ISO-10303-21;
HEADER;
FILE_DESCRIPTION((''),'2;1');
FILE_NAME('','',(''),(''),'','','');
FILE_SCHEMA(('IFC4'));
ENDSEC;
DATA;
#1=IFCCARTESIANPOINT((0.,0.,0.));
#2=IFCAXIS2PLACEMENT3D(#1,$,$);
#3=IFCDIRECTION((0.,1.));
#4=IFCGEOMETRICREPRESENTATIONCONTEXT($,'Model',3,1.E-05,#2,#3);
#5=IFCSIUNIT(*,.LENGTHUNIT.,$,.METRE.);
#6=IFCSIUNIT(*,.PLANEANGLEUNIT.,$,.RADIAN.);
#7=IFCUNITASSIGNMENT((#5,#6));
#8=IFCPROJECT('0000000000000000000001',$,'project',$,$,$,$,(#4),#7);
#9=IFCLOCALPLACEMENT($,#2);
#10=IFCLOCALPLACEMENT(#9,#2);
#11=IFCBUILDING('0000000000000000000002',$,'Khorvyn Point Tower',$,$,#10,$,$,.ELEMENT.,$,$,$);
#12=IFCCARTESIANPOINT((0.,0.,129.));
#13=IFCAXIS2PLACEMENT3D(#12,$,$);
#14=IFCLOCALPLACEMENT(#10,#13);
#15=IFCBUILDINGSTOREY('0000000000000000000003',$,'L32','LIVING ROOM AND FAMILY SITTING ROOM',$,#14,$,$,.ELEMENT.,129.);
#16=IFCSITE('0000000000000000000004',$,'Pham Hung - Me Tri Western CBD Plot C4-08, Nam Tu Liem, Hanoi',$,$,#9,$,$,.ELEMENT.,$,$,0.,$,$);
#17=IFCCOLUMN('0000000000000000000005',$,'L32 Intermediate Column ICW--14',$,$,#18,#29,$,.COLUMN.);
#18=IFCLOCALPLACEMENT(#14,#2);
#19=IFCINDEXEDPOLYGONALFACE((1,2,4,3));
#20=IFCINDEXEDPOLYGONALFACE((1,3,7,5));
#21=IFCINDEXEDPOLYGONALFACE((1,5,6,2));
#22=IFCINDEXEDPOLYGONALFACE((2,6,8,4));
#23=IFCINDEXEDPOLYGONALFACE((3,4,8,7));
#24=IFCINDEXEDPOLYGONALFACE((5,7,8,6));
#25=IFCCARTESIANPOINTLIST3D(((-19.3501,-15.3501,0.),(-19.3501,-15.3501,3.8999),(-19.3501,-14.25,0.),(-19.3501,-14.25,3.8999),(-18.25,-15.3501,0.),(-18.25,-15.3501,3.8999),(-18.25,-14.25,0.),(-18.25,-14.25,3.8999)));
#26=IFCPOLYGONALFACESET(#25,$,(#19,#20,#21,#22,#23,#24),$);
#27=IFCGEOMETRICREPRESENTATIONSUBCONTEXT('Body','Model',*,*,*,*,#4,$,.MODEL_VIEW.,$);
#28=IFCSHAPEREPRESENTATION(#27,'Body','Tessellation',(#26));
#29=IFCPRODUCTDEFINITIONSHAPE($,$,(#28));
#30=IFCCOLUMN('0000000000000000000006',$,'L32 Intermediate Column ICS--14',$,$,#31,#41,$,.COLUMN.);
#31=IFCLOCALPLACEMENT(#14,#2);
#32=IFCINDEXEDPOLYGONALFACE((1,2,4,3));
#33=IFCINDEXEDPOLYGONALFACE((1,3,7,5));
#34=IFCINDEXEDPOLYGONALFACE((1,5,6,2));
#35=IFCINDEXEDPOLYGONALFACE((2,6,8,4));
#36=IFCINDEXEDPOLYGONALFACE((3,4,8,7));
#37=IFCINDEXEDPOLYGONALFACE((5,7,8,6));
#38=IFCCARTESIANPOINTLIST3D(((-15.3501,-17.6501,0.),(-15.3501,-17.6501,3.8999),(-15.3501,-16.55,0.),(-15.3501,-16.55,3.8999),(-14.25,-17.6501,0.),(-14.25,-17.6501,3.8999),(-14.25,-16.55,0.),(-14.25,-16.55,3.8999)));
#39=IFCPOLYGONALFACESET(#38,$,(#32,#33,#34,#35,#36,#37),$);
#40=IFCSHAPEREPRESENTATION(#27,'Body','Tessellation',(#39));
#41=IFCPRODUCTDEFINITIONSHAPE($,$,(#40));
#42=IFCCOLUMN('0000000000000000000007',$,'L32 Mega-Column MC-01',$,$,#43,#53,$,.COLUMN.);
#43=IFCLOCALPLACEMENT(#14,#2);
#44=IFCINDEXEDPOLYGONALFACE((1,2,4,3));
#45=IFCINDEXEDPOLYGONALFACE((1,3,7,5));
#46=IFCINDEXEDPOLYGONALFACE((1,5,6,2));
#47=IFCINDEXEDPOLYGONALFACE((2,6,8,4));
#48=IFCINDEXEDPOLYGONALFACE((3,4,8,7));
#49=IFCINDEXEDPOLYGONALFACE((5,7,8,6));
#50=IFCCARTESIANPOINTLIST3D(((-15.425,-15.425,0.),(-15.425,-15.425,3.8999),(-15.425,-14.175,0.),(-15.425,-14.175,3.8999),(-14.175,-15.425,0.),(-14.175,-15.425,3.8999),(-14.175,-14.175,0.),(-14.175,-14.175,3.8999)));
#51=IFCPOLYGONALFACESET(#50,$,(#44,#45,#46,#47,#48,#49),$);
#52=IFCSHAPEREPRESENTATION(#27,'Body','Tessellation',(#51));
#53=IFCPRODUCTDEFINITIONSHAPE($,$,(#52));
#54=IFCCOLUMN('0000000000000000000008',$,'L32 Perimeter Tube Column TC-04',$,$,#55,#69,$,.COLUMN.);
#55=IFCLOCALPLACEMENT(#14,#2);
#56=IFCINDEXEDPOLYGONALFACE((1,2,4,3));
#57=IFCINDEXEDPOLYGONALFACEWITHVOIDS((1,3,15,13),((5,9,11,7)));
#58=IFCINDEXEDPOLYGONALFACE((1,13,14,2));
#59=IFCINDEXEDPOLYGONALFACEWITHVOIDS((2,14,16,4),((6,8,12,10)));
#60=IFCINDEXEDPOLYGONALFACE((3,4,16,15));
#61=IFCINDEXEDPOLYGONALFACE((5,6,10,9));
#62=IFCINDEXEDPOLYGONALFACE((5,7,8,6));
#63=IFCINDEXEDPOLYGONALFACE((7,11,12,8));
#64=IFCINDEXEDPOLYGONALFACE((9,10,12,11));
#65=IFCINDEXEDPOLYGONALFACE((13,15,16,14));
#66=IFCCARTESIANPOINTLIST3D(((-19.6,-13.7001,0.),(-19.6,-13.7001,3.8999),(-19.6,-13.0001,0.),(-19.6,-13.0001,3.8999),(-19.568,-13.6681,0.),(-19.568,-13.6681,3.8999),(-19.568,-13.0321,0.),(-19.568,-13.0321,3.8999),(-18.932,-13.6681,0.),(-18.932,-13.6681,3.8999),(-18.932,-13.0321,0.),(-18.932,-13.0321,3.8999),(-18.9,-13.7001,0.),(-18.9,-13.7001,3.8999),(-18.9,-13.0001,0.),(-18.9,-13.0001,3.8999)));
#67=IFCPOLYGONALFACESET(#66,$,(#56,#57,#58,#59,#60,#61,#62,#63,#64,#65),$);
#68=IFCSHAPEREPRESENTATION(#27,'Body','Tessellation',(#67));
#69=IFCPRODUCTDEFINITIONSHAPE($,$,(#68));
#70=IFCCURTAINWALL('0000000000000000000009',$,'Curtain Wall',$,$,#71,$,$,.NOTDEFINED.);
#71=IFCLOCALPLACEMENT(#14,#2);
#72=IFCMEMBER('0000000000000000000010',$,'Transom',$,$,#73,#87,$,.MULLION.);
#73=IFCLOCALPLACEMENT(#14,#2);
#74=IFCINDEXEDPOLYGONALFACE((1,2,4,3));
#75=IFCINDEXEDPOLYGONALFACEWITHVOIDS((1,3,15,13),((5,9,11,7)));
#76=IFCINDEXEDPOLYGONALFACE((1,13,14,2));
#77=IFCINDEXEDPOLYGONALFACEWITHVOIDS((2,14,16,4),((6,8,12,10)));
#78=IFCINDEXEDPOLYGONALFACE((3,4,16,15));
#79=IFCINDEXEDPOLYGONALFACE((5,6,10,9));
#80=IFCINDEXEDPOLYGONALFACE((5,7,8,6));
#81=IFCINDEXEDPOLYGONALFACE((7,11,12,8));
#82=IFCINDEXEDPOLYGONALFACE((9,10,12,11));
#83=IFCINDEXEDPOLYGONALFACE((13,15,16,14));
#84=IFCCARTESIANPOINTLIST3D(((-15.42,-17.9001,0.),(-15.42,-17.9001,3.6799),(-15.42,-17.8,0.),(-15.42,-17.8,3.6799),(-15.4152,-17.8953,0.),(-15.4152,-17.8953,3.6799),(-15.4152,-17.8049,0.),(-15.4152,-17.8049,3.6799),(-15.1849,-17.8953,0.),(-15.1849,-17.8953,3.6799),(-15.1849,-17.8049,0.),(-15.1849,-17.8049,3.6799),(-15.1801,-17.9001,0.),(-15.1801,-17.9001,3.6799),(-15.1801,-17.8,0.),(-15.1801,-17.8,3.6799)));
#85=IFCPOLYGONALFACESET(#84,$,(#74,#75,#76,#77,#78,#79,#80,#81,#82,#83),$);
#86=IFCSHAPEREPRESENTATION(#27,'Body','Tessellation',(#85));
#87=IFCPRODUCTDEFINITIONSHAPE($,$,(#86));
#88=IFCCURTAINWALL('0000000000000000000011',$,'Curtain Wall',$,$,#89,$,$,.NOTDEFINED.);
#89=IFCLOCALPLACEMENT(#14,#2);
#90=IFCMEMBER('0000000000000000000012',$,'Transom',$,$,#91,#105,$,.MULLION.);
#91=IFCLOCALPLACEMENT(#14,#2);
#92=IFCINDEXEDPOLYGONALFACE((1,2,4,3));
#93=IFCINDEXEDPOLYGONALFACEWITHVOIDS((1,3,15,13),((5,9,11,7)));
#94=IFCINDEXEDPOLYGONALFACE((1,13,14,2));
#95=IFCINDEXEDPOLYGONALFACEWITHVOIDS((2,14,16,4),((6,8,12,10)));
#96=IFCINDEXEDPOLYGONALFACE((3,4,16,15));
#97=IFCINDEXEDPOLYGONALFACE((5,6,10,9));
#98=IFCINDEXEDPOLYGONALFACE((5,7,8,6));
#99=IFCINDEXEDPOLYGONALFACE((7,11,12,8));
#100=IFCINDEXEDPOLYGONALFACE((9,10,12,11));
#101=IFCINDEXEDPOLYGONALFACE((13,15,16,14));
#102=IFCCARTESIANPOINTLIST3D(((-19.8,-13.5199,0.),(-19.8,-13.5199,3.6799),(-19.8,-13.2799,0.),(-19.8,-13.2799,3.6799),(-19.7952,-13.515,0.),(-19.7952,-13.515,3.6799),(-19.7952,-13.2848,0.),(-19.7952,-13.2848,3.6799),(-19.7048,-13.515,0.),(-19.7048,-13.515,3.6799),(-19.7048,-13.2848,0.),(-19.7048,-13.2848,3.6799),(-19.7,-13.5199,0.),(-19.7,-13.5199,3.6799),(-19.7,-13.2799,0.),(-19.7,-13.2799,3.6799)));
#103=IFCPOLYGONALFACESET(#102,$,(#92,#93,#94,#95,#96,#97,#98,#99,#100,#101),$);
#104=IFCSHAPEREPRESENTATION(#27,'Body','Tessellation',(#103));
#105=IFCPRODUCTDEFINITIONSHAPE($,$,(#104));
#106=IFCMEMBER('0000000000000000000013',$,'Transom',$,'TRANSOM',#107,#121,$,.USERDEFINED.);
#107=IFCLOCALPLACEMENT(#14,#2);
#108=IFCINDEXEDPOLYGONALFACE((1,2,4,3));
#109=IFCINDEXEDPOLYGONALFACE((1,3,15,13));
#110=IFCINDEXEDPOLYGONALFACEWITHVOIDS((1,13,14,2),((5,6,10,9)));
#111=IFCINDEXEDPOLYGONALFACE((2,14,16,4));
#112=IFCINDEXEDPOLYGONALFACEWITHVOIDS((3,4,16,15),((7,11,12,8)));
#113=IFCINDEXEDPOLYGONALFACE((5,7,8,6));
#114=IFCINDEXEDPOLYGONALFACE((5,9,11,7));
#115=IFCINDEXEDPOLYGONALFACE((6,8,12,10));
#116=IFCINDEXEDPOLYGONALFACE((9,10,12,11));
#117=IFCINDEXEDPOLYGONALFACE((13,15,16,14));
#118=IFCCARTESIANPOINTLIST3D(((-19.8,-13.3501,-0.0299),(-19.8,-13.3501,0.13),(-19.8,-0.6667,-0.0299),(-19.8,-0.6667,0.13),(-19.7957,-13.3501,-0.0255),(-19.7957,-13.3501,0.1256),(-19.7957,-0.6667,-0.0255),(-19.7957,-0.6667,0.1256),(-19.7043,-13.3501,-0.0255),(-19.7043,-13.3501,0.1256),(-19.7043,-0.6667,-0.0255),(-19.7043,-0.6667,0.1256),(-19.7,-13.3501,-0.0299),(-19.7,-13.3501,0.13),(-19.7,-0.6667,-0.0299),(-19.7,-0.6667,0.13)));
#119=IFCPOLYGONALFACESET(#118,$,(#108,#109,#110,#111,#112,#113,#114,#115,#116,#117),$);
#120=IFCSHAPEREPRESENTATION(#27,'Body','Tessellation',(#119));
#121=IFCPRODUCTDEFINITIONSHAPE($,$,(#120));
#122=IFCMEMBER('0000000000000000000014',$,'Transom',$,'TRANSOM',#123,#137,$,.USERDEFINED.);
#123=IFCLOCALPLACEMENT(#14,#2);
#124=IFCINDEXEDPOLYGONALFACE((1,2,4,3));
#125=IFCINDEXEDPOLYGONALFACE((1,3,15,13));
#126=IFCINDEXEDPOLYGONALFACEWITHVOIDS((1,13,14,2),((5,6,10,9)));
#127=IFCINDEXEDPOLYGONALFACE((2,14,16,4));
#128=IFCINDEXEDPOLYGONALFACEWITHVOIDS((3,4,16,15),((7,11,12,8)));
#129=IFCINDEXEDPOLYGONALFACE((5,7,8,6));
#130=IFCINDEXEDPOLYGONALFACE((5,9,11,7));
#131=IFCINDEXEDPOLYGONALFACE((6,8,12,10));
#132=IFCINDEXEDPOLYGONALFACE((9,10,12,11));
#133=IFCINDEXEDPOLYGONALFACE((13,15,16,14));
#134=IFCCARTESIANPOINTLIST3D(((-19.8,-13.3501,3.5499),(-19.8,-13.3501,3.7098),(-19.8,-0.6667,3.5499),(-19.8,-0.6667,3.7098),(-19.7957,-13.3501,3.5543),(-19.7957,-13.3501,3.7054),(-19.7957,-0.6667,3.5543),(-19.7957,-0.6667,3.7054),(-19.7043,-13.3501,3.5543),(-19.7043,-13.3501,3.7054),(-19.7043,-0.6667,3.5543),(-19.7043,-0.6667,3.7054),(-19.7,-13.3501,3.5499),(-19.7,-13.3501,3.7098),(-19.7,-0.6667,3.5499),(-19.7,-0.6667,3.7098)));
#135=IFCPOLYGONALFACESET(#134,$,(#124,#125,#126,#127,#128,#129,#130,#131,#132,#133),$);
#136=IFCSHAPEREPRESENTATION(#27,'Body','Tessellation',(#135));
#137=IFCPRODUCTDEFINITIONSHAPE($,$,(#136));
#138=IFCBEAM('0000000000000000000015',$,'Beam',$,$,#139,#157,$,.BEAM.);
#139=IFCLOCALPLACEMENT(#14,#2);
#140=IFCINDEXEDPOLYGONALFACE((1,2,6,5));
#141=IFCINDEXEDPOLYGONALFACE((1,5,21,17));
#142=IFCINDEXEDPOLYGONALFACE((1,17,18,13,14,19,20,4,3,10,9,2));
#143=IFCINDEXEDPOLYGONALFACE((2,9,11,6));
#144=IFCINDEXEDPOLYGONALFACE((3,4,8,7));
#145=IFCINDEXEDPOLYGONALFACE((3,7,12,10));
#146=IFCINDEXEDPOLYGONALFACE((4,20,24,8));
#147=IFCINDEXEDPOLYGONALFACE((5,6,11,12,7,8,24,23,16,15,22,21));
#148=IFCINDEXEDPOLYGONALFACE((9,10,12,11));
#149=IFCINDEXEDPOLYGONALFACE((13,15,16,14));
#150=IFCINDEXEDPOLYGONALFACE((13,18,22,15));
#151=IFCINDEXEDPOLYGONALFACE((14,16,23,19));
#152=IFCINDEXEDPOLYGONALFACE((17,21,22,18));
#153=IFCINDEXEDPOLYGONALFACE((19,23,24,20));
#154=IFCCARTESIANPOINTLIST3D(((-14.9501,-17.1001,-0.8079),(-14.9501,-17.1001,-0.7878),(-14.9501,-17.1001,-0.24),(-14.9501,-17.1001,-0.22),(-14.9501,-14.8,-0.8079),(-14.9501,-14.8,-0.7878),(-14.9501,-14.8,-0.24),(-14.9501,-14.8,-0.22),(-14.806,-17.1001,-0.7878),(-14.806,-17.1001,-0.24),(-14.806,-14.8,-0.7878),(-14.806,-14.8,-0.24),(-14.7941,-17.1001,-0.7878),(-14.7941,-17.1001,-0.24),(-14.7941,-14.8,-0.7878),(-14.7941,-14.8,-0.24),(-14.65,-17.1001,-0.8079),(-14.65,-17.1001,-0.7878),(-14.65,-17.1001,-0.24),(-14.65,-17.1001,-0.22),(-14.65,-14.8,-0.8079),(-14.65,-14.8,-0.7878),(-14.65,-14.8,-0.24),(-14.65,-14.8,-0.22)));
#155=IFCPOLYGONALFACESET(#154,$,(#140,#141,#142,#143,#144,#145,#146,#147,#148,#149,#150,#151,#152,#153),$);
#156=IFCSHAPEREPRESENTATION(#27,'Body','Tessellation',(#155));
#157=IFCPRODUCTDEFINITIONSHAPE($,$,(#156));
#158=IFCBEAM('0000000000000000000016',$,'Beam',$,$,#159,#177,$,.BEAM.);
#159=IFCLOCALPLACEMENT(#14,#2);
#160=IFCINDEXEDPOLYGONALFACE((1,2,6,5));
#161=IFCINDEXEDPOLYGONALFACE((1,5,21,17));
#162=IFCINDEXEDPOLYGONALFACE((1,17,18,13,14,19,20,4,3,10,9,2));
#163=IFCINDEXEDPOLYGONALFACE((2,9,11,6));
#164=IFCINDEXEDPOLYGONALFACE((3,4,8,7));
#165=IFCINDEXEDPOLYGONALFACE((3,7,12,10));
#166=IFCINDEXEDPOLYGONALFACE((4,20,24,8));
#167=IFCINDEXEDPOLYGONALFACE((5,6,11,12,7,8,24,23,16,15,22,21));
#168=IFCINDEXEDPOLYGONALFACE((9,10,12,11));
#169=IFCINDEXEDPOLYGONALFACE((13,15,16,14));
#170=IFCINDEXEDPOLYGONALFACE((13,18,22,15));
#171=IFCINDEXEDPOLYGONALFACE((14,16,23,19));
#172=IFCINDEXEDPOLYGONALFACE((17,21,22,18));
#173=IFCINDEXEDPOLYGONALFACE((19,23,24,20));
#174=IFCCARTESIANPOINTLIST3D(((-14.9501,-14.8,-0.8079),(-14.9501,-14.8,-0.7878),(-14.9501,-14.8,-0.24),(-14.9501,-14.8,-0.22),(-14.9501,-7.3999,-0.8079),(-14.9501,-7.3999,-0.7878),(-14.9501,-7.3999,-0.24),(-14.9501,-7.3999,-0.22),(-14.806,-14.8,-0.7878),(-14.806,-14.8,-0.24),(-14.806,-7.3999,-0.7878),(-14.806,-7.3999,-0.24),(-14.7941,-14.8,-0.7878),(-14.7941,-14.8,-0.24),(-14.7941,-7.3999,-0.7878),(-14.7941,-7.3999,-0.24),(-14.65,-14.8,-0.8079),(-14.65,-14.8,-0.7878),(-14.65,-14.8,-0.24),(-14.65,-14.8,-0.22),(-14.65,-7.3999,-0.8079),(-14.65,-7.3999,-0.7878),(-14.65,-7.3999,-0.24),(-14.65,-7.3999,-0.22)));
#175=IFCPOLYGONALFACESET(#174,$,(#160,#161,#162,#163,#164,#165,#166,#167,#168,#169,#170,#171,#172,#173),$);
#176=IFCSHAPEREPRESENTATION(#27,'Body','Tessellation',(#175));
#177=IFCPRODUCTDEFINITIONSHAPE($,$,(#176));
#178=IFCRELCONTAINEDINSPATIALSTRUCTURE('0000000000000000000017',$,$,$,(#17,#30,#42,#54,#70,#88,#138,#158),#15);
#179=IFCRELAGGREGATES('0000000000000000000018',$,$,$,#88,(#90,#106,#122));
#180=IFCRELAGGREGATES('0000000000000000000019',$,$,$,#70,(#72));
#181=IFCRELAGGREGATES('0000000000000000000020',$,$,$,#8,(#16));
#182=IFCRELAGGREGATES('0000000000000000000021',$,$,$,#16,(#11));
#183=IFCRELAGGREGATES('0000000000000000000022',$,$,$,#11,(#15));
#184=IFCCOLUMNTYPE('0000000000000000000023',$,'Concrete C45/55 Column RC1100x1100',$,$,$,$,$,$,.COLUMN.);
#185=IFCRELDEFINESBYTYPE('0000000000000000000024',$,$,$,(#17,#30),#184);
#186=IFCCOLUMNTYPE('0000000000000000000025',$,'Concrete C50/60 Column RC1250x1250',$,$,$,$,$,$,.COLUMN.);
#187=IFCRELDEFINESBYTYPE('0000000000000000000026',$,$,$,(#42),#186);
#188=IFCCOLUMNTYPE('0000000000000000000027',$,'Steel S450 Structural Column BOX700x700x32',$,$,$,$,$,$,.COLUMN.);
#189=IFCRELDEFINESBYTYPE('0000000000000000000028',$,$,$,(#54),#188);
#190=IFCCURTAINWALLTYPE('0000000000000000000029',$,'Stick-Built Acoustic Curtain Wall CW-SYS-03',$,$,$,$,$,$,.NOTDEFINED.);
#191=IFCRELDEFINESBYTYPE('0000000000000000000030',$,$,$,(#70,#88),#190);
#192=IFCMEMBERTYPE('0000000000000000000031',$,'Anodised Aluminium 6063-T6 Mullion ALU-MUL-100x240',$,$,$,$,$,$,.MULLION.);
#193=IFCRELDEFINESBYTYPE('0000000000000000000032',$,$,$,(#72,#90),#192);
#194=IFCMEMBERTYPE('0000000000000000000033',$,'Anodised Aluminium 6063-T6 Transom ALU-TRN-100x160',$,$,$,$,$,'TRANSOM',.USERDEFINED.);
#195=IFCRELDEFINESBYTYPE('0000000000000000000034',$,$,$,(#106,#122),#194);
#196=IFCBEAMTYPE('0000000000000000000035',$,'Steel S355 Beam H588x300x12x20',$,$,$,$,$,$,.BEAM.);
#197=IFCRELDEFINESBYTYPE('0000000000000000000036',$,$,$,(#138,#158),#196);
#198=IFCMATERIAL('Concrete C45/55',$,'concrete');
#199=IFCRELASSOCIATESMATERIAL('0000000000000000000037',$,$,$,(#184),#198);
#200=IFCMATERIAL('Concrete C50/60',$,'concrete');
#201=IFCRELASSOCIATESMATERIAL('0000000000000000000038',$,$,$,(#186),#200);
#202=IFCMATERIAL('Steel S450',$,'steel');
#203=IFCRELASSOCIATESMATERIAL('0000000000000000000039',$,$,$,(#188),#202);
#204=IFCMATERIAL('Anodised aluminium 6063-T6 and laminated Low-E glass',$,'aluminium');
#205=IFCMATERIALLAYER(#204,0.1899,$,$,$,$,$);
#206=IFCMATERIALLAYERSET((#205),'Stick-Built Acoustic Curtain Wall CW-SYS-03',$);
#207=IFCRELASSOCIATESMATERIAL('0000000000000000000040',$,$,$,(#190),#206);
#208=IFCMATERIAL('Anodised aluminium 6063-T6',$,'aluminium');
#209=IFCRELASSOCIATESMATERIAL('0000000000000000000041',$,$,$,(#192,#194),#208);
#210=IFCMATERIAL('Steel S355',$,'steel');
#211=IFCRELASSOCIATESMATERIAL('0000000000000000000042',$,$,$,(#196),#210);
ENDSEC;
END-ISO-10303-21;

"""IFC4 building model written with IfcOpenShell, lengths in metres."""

from ifc_helpers import new_model, si_unit, direction, frame, origin, origin_2d, place, context, subcontext, project, spatial, rectangle, hollow_rectangle, i_section, extrude, material, layer, layer_set, material_profile, profile_set, type_object, element, aggregate, save


model = new_model("IFC4")

# Units and contexts
model_context = context("Model", 3, precision=1e-05, world=origin(), true_north=direction((0.0, 1.0)))
body_context = subcontext(model_context, "Body", "Model", "MODEL_VIEW")
ifc_project = project(units=[si_unit("LENGTHUNIT", "METRE"), si_unit("PLANEANGLEUNIT", "RADIAN")], contexts=[model_context])

# Site, building, storey
site_placement = place(None, origin())
site = spatial("IfcSite", under=ifc_project, at=site_placement, Name="Pham Hung - Me Tri Western CBD Plot C4-08, Nam Tu Liem, Hanoi", CompositionType="ELEMENT", RefElevation=0.0)
building_placement = place(site_placement, origin())
building = spatial("IfcBuilding", under=site, at=building_placement, Name="Khorvyn Point Tower", CompositionType="ELEMENT")
storey_placement = place(building_placement, frame((0.0, 0.0, 129.0)))
storey = spatial("IfcBuildingStorey", under=building, at=storey_placement, Name="L32", Description="LIVING ROOM AND FAMILY SITTING ROOM", CompositionType="ELEMENT", Elevation=129.0)

# Columns
ifc_material_1 = material(Name="Concrete C45/55", Category="concrete")
ifc_material_profile_1 = material_profile(ifc_material_1, rectangle(XDim=1.1001, YDim=1.1001, at=origin_2d()))
ifc_profile_set_1 = profile_set([ifc_material_profile_1], Name="Concrete C45/55 RC1100x1100")
column_type_1 = type_object("IfcColumnType", Name="Concrete C45/55 Column RC1100x1100", PredefinedType="COLUMN", material=ifc_profile_set_1)
for number, where, z_axis, x_axis, name in (
    (1, (-18.8, -14.8, 0.0), (0.0, 0.0, 1.0), (1.0, 0.0, 0.0), "L32 Intermediate Column ICW--14"),
    (2, (-14.8, -17.1001, 0.0), (0.0, 0.0, 1.0), (1.0, 0.0, 0.0), "L32 Intermediate Column ICS--14"),
):
    element("IfcColumn", number, at=place(storey_placement, frame(where, z_axis=z_axis, x_axis=x_axis)), inside=storey, type_object=column_type_1, Name=name, PredefinedType="COLUMN", context=body_context, shape_type="SweptSolid", body=[
        extrude(rectangle(XDim=1.1001, YDim=1.1001, at=origin_2d()), origin(), (0.0, 0.0, 1.0), 3.8999),
    ])
ifc_material_2 = material(Name="Concrete C50/60", Category="concrete")
ifc_material_profile_2 = material_profile(ifc_material_2, rectangle(XDim=1.25, YDim=1.25, at=origin_2d()))
ifc_profile_set_2 = profile_set([ifc_material_profile_2], Name="Concrete C50/60 RC1250x1250")
column_type_2 = type_object("IfcColumnType", Name="Concrete C50/60 Column RC1250x1250", PredefinedType="COLUMN", material=ifc_profile_set_2)
column_1_placement = place(storey_placement, frame((-14.8, -14.8, 0.0), z_axis=(0.0, 0.0, 1.0), x_axis=(1.0, 0.0, 0.0)))
element("IfcColumn", 3, at=column_1_placement, inside=storey, type_object=column_type_2, Name="L32 Mega-Column MC-01", PredefinedType="COLUMN", context=body_context, shape_type="SweptSolid", body=[
    extrude(rectangle(XDim=1.25, YDim=1.25, at=origin_2d()), origin(), (0.0, 0.0, 1.0), 3.8999),
])
ifc_material_3 = material(Name="Steel S450", Category="steel")
ifc_material_profile_3 = material_profile(ifc_material_3, hollow_rectangle(XDim=0.7, YDim=0.7, WallThickness=0.032, at=origin_2d()))
ifc_profile_set_3 = profile_set([ifc_material_profile_3], Name="Steel S450 BOX700x700x32")
column_type_3 = type_object("IfcColumnType", Name="Steel S450 Structural Column BOX700x700x32", PredefinedType="COLUMN", material=ifc_profile_set_3)
column_2_placement = place(storey_placement, frame((-19.25, -13.3501, 0.0), z_axis=(0.0, 0.0, 1.0), x_axis=(1.0, 0.0, 0.0)))
element("IfcColumn", 4, at=column_2_placement, inside=storey, type_object=column_type_3, Name="L32 Perimeter Tube Column TC-04", PredefinedType="COLUMN", context=body_context, shape_type="SweptSolid", body=[
    extrude(hollow_rectangle(XDim=0.7, YDim=0.7, WallThickness=0.032, at=origin_2d()), origin(), (0.0, 0.0, 1.0), 3.8999),
])

# Curtain wall, member
ifc_material_4 = material(Name="Anodised aluminium 6063-T6 and laminated Low-E glass", Category="aluminium")
ifc_layer_1 = layer(ifc_material_4, 0.1899)
ifc_layer_set_1 = layer_set([ifc_layer_1], Name="Stick-Built Acoustic Curtain Wall CW-SYS-03")
curtain_wall_type = type_object("IfcCurtainWallType", Name="Stick-Built Acoustic Curtain Wall CW-SYS-03", PredefinedType="NOTDEFINED", material=ifc_layer_set_1)
curtain_wall_1_placement = place(storey_placement, origin())
curtain_wall_1 = element("IfcCurtainWall", 5, at=curtain_wall_1_placement, inside=storey, type_object=curtain_wall_type, Name="Curtain Wall", PredefinedType="NOTDEFINED")
ifc_material_5 = material(Name="Anodised aluminium 6063-T6", Category="aluminium")
ifc_material_profile_4 = material_profile(ifc_material_5, hollow_rectangle(XDim=0.1001, YDim=0.24, WallThickness=0.0049, at=origin_2d()))
ifc_profile_set_4 = profile_set([ifc_material_profile_4], Name="Anodised aluminium 6063-T6 ALU-MUL-100x240")
member_type_1 = type_object("IfcMemberType", Name="Anodised Aluminium 6063-T6 Mullion ALU-MUL-100x240", PredefinedType="MULLION", material=ifc_profile_set_4)
member_1_placement = place(storey_placement, frame((-15.3, -17.8501, 0.0), z_axis=(0.0, 0.0, 1.0), x_axis=(0.0, -1.0, 0.0)))
member_1 = element("IfcMember", 6, at=member_1_placement, type_object=member_type_1, Name="Transom", PredefinedType="MULLION", context=body_context, shape_type="SweptSolid", body=[
    extrude(hollow_rectangle(XDim=0.1001, YDim=0.24, WallThickness=0.0049, at=origin_2d()), origin(), (0.0, 0.0, 1.0), 3.6799),
])

# Curtain wall, members
curtain_wall_2_placement = place(storey_placement, origin())
curtain_wall_2 = element("IfcCurtainWall", 7, at=curtain_wall_2_placement, inside=storey, type_object=curtain_wall_type, Name="Curtain Wall", PredefinedType="NOTDEFINED")
member_2_placement = place(storey_placement, frame((-19.75, -13.3999, 0.0), z_axis=(0.0, 0.0, 1.0), x_axis=(-1.0, 0.0, 0.0)))
member_2 = element("IfcMember", 8, at=member_2_placement, type_object=member_type_1, Name="Transom", PredefinedType="MULLION", context=body_context, shape_type="SweptSolid", body=[
    extrude(hollow_rectangle(XDim=0.1001, YDim=0.24, WallThickness=0.0049, at=origin_2d()), origin(), (0.0, 0.0, 1.0), 3.6799),
])
ifc_material_profile_5 = material_profile(ifc_material_5, hollow_rectangle(XDim=0.1001, YDim=0.1599, WallThickness=0.0044, at=origin_2d()))
ifc_profile_set_5 = profile_set([ifc_material_profile_5], Name="Anodised aluminium 6063-T6 ALU-TRN-100x160")
member_type_2 = type_object("IfcMemberType", Name="Anodised Aluminium 6063-T6 Transom ALU-TRN-100x160", ElementType="TRANSOM", PredefinedType="USERDEFINED", material=ifc_profile_set_5)
member_3_placement = place(storey_placement, frame((-19.75, -13.3501, 0.05), z_axis=(0.0, 1.0, 0.0), x_axis=(-1.0, 0.0, 0.0)))
member_3 = element("IfcMember", 9, at=member_3_placement, type_object=member_type_2, Name="Transom", ObjectType="TRANSOM", PredefinedType="USERDEFINED", context=body_context, shape_type="SweptSolid", body=[
    extrude(hollow_rectangle(XDim=0.1001, YDim=0.1599, WallThickness=0.0044, at=origin_2d()), origin(), (0.0, 0.0, 1.0), 12.6833),
])
member_4_placement = place(storey_placement, frame((-19.75, -13.3501, 3.6299), z_axis=(0.0, 1.0, 0.0), x_axis=(-1.0, 0.0, 0.0)))
member_4 = element("IfcMember", 10, at=member_4_placement, type_object=member_type_2, Name="Transom", ObjectType="TRANSOM", PredefinedType="USERDEFINED", context=body_context, shape_type="SweptSolid", body=[
    extrude(hollow_rectangle(XDim=0.1001, YDim=0.1599, WallThickness=0.0044, at=origin_2d()), origin(), (0.0, 0.0, 1.0), 12.6833),
])
aggregate(curtain_wall_2, [member_2, member_3, member_4])

# Beams
ifc_material_6 = material(Name="Steel S355", Category="steel")
ifc_material_profile_6 = material_profile(ifc_material_6, i_section(OverallWidth=0.3, OverallDepth=0.5879, WebThickness=0.012, FlangeThickness=0.02, at=origin_2d()))
ifc_profile_set_6 = profile_set([ifc_material_profile_6], Name="Steel S355 H588x300x12x20")
beam_type_1 = type_object("IfcBeamType", Name="Steel S355 Beam H588x300x12x20", PredefinedType="BEAM", material=ifc_profile_set_6)
beam_1_placement = place(storey_placement, frame((-14.8, -17.1001, -0.5139), z_axis=(0.0, 1.0, 0.0), x_axis=(-1.0, 0.0, 0.0)))
element("IfcBeam", 11, at=beam_1_placement, inside=storey, type_object=beam_type_1, Name="Beam", PredefinedType="BEAM", context=body_context, shape_type="SweptSolid", body=[
    extrude(i_section(OverallWidth=0.3, OverallDepth=0.5879, WebThickness=0.012, FlangeThickness=0.02, at=origin_2d()), origin(), (0.0, 0.0, 1.0), 2.3),
])
for number, where, z_axis, x_axis, name in (
    (12, (-14.8, -14.8, -0.5139), (0.0, 1.0, 0.0), (-1.0, 0.0, 0.0), "Beam"),
):
    element("IfcBeam", number, at=place(storey_placement, frame(where, z_axis=z_axis, x_axis=x_axis)), inside=storey, type_object=beam_type_1, Name=name, PredefinedType="BEAM", context=body_context, shape_type="SweptSolid", body=[
        extrude(i_section(OverallWidth=0.3, OverallDepth=0.5879, WebThickness=0.012, FlangeThickness=0.02, at=origin_2d()), origin(), (0.0, 0.0, 1.0), 7.4001),
    ])

aggregate(curtain_wall_1, [member_1])

save(model, "model.ifc")
